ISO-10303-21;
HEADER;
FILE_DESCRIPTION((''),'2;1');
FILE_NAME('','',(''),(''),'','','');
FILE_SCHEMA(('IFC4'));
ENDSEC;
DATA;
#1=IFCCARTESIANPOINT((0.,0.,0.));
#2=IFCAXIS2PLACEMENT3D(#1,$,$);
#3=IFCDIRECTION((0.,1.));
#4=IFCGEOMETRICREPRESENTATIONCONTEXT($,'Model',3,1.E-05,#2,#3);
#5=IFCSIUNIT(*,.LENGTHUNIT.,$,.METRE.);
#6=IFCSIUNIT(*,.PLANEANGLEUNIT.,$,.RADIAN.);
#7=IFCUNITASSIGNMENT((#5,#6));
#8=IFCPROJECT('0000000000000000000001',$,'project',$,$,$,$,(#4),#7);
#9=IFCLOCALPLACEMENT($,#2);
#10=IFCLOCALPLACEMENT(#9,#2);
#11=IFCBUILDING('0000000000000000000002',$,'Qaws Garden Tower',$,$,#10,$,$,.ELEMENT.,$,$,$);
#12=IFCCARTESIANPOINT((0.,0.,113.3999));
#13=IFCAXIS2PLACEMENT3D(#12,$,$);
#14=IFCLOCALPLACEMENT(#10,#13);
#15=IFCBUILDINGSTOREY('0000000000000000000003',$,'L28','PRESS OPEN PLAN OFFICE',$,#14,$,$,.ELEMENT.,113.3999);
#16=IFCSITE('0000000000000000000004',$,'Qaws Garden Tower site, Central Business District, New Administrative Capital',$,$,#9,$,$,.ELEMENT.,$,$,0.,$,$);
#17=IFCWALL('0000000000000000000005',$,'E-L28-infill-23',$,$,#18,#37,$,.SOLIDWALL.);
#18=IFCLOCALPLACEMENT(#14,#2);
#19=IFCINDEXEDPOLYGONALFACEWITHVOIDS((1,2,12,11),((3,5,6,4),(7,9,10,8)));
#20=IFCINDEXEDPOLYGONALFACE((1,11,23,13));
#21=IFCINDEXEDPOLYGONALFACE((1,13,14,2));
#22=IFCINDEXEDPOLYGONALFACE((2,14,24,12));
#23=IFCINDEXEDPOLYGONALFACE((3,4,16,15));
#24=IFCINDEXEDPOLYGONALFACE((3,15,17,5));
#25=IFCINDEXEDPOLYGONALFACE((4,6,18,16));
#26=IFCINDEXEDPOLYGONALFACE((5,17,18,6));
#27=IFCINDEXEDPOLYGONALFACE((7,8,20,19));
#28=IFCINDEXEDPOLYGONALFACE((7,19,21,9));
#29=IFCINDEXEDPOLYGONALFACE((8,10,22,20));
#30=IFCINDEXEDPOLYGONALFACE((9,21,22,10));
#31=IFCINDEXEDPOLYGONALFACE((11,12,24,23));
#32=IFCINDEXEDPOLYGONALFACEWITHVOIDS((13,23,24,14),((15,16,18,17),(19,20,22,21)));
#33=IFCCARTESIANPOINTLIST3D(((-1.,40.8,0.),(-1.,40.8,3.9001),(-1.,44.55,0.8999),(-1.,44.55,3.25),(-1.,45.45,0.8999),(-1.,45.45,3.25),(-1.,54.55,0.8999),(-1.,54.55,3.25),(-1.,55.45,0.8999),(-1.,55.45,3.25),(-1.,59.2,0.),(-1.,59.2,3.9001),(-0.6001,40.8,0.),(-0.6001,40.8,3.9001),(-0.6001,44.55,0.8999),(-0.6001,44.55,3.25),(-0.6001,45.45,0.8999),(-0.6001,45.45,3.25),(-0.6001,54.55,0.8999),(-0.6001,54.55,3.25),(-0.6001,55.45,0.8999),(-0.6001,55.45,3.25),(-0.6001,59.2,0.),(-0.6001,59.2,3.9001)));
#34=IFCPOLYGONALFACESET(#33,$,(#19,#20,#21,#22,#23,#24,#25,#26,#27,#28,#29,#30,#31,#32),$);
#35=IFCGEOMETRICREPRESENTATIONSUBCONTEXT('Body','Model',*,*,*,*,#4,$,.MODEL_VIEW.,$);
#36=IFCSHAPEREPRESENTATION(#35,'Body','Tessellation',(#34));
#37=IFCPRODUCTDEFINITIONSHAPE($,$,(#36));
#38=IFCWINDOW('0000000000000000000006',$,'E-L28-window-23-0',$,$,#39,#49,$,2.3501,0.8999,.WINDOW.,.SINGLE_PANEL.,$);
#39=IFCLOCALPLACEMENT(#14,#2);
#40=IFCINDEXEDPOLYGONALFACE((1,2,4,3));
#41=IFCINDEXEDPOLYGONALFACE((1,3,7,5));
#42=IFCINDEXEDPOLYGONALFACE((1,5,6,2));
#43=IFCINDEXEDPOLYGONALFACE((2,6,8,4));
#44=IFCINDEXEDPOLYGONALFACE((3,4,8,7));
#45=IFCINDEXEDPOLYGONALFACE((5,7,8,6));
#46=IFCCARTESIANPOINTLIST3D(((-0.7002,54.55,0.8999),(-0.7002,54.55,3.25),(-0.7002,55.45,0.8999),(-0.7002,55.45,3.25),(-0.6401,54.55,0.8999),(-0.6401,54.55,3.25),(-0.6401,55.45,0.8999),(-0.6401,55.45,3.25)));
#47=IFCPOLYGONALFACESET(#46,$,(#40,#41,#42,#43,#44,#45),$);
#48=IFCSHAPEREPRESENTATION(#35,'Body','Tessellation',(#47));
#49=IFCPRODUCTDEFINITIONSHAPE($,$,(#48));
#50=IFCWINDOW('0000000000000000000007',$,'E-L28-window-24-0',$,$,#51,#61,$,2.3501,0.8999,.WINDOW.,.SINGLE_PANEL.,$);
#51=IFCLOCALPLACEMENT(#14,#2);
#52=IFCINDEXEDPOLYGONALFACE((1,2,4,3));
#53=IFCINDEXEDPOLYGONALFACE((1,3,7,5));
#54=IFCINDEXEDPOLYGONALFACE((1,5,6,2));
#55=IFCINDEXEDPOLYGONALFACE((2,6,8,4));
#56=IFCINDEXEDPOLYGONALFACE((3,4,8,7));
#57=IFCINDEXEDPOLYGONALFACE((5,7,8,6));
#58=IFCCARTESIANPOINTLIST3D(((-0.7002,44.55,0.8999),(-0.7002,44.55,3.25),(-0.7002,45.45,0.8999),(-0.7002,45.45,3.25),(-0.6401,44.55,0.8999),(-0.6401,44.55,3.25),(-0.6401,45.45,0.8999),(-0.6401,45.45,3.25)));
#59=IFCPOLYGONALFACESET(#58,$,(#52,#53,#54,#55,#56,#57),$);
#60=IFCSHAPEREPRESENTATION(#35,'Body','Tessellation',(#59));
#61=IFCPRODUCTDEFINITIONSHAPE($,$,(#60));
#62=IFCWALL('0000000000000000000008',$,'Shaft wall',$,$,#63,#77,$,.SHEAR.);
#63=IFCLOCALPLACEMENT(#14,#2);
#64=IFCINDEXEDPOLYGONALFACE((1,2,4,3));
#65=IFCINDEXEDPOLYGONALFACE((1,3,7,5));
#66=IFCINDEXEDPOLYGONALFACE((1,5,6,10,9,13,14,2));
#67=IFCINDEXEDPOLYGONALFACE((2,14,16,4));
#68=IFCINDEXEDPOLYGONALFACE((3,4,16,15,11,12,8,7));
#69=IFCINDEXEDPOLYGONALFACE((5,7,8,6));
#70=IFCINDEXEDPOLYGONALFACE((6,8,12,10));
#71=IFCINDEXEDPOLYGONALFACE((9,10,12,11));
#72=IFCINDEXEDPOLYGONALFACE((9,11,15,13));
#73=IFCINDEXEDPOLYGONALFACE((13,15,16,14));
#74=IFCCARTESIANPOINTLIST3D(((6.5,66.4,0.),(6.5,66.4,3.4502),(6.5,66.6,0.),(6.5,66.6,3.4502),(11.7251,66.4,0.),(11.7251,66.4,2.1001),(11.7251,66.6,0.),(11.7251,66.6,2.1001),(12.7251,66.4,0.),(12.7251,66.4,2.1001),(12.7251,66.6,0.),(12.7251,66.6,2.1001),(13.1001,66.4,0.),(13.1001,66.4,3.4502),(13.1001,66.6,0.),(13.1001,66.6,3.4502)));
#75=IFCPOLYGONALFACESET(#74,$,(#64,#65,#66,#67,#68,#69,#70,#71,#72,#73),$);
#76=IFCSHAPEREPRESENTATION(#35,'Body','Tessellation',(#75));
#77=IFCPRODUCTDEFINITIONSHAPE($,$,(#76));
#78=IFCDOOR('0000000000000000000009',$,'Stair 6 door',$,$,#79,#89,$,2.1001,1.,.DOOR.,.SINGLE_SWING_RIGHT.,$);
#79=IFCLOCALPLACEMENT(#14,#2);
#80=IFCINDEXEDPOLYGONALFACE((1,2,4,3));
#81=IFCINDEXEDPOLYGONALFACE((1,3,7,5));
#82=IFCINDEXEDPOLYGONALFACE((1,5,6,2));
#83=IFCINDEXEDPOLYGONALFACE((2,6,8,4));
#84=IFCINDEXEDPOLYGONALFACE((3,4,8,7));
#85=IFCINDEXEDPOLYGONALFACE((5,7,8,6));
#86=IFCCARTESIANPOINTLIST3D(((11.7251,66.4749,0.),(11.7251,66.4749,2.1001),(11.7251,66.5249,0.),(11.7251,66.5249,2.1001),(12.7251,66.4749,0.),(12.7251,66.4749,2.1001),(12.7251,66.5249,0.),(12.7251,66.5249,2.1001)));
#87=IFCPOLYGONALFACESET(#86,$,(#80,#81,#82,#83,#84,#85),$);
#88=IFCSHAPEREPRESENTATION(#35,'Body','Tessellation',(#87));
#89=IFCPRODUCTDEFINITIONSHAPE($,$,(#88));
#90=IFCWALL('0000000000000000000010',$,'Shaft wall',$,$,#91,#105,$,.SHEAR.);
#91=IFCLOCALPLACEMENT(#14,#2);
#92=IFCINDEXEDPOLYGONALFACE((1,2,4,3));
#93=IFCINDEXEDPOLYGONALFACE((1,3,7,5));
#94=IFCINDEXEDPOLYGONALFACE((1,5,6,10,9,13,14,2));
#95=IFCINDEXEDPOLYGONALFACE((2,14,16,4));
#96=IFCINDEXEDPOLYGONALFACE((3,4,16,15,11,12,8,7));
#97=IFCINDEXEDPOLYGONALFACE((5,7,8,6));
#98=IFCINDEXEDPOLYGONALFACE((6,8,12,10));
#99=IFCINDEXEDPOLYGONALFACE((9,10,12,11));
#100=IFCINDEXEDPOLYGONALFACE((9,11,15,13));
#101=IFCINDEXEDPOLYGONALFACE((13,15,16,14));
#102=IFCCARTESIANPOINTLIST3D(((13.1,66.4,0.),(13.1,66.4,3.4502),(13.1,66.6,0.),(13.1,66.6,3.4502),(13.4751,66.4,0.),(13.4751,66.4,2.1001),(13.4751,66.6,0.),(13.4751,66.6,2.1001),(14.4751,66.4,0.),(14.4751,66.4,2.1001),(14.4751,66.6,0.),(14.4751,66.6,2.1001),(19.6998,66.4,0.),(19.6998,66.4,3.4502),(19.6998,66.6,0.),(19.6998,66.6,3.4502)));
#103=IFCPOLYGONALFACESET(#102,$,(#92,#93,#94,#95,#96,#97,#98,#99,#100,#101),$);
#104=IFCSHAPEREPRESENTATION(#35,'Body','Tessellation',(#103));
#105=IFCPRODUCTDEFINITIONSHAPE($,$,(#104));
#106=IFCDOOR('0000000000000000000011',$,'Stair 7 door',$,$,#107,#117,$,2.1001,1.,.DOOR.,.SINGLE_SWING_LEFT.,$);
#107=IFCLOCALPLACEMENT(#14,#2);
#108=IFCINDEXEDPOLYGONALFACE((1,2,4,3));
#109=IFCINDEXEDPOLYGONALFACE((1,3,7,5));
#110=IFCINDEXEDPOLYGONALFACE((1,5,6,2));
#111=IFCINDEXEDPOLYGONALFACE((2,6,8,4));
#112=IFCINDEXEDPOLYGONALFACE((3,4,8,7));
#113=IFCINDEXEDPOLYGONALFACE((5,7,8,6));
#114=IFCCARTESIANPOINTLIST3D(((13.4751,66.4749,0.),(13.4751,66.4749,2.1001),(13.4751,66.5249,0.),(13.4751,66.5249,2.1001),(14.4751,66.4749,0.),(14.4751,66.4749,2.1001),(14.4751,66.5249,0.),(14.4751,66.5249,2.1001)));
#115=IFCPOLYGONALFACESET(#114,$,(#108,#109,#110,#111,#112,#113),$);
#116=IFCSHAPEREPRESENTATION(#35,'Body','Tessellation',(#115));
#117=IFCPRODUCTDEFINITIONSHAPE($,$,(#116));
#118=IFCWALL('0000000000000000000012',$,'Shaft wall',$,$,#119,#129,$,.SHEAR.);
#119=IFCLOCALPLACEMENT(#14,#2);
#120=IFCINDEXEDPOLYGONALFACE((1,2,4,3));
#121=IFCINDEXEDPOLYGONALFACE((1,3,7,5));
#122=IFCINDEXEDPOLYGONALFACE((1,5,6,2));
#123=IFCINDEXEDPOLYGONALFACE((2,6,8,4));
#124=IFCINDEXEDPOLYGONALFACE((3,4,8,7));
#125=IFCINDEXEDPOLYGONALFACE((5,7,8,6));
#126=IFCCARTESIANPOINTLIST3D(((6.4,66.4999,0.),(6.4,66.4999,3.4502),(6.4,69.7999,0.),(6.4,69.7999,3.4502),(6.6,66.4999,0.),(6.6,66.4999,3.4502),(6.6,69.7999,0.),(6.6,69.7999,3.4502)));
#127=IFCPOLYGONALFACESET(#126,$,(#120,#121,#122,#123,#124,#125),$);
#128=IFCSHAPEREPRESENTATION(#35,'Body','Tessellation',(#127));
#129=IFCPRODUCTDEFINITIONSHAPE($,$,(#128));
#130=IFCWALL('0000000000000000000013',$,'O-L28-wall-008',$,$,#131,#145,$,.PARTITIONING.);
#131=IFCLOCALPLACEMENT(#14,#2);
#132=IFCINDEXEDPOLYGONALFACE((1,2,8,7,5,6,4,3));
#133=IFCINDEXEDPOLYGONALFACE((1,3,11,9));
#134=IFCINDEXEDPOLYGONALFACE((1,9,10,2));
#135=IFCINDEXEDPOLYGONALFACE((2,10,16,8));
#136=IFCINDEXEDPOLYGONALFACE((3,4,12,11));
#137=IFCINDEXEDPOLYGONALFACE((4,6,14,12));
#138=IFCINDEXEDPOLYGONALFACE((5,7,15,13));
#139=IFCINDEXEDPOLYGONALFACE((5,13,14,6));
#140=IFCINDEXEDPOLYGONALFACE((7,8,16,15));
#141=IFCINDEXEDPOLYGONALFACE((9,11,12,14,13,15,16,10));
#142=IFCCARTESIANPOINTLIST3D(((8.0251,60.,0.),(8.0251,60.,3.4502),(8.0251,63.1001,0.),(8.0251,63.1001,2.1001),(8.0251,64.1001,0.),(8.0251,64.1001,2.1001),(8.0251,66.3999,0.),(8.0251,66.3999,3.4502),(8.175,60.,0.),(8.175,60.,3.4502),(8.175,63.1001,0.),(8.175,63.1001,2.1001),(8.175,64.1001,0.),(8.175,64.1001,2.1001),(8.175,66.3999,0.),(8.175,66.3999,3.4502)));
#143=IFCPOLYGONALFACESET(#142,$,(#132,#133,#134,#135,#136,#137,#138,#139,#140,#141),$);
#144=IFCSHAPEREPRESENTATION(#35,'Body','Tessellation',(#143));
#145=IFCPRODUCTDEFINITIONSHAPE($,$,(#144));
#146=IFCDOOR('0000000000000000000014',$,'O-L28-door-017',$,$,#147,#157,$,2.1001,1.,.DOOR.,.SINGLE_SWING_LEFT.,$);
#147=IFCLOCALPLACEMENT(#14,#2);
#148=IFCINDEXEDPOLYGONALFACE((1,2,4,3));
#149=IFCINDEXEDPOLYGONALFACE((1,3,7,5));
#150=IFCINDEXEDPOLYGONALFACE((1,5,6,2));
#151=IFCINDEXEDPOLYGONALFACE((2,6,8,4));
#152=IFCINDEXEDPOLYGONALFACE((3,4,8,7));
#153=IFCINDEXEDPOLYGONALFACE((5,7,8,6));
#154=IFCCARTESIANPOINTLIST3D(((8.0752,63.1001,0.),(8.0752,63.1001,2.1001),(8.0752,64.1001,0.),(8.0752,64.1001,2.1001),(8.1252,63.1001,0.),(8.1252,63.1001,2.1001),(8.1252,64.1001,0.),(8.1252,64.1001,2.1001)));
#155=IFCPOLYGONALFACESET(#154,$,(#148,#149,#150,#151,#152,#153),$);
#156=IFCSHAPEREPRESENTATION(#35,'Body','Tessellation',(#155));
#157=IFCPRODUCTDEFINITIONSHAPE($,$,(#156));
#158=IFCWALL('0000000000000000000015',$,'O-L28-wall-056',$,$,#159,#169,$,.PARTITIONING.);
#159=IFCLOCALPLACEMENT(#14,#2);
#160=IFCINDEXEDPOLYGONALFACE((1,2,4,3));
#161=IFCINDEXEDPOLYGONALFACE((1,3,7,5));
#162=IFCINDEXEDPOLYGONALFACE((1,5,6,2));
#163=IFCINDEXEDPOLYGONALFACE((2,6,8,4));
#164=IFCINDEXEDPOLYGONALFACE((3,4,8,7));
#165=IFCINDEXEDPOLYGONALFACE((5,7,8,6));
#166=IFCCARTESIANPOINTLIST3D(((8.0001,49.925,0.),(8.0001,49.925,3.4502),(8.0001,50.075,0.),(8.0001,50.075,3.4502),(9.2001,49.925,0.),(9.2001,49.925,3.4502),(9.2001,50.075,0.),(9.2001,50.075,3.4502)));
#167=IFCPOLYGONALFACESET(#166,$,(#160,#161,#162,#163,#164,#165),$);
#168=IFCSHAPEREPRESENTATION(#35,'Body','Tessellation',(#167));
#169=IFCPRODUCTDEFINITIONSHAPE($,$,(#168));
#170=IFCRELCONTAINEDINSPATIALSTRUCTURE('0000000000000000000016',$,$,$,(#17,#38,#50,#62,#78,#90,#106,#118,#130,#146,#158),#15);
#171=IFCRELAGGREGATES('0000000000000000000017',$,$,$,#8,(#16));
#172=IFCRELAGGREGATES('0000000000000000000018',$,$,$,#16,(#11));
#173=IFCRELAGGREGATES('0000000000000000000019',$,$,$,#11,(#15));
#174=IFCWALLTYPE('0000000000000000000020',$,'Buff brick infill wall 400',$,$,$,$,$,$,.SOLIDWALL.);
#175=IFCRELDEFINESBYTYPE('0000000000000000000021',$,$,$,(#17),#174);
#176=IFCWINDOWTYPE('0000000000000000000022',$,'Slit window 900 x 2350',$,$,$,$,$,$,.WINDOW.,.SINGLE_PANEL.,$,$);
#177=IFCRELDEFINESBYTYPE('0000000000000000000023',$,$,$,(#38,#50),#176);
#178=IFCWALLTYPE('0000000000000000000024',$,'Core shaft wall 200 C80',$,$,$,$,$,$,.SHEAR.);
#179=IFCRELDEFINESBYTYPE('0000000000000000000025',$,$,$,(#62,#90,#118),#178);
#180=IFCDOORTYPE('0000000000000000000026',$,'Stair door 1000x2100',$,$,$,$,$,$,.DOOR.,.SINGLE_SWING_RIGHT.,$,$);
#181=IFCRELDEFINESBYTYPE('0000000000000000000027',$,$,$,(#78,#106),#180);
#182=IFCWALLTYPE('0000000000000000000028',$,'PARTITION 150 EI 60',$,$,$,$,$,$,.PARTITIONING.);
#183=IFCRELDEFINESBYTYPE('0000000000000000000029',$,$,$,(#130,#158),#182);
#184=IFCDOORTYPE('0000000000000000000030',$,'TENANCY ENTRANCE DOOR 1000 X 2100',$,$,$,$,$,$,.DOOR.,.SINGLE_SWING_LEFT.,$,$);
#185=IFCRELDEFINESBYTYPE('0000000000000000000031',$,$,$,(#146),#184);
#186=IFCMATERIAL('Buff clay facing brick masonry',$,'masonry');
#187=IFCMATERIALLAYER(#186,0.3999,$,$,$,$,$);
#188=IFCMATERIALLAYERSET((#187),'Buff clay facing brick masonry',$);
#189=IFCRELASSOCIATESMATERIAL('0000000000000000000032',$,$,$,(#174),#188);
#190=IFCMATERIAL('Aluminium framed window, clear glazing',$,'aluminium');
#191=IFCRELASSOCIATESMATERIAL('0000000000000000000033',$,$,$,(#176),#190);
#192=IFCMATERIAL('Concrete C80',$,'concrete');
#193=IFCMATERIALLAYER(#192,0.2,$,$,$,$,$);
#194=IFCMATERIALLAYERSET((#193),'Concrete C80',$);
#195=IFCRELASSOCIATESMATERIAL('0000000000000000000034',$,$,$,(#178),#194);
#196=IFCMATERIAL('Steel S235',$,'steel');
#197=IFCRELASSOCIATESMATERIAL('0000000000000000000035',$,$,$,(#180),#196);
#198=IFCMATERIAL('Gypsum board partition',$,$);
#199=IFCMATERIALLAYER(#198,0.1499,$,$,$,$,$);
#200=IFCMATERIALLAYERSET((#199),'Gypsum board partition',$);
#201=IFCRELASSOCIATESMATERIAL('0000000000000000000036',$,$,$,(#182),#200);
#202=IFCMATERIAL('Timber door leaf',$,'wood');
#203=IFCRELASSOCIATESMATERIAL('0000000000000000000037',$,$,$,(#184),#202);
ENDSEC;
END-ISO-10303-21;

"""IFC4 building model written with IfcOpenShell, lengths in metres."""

from ifc_helpers import new_model, si_unit, direction, frame, frame_2d, origin, place, context, subcontext, project, spatial, rectangle, extrude, material, layer, layer_set, type_object, element, fill, save


model = new_model("IFC4")

# Units and contexts
model_context = context("Model", 3, precision=1e-05, world=origin(), true_north=direction((0.0, 1.0)))
body_context = subcontext(model_context, "Body", "Model", "MODEL_VIEW")
ifc_project = project(units=[si_unit("LENGTHUNIT", "METRE"), si_unit("PLANEANGLEUNIT", "RADIAN")], contexts=[model_context])

# Site, building, storey
site_placement = place(None, origin())
site = spatial("IfcSite", under=ifc_project, at=site_placement, Name="Qaws Garden Tower site, Central Business District, New Administrative Capital", CompositionType="ELEMENT", RefElevation=0.0)
building_placement = place(site_placement, origin())
building = spatial("IfcBuilding", under=site, at=building_placement, Name="Qaws Garden Tower", CompositionType="ELEMENT")
storey_placement = place(building_placement, frame((0.0, 0.0, 113.3999)))
storey = spatial("IfcBuildingStorey", under=building, at=storey_placement, Name="L28", Description="PRESS OPEN PLAN OFFICE", CompositionType="ELEMENT", Elevation=113.3999)

# Shared definitions
ifc_material_1 = material(Name="Buff clay facing brick masonry", Category="masonry")
ifc_layer_1 = layer(ifc_material_1, 0.3999)
ifc_layer_set_1 = layer_set([ifc_layer_1], Name="Buff clay facing brick masonry")
wall_type_1 = type_object("IfcWallType", Name="Buff brick infill wall 400", PredefinedType="SOLIDWALL", material=ifc_layer_set_1)

# Wall, openings, windows
wall_1_placement = place(storey_placement, frame((-0.8, 59.2, 0.0), z_axis=(0.0, 0.0, 1.0), x_axis=(0.0, -1.0, 0.0)))
wall_1 = element("IfcWall", 1, at=wall_1_placement, inside=storey, type_object=wall_type_1, Name="E-L28-infill-23", PredefinedType="SOLIDWALL", context=body_context, shape_type="SweptSolid", body=[
    extrude(rectangle(XDim=18.3999, YDim=0.3999, at=frame_2d((9.2, 0.0))), origin(), (0.0, 0.0, 1.0), 3.9001),
])
opening_1_placement = place(wall_1_placement, frame((3.75, 0.0, 0.8999)))
opening_1 = element("IfcOpeningElement", 2, at=opening_1_placement, cuts=wall_1, PredefinedType="OPENING", context=body_context, shape_type="SweptSolid", body=[
    extrude(rectangle(XDim=0.8999, YDim=2.3501, at=frame_2d((0.45, 1.175))), frame((0.0, 0.21, 0.0), z_axis=(0.0, -1.0, 0.0), x_axis=(1.0, 0.0, 0.0)), (0.0, 0.0, 1.0), 0.4199),
])
opening_2_placement = place(wall_1_placement, frame((13.75, 0.0, 0.8999)))
opening_2 = element("IfcOpeningElement", 3, at=opening_2_placement, cuts=wall_1, PredefinedType="OPENING", context=body_context, shape_type="SweptSolid", body=[
    extrude(rectangle(XDim=0.8999, YDim=2.3501, at=frame_2d((0.45, 1.175))), frame((0.0, 0.21, 0.0), z_axis=(0.0, -1.0, 0.0), x_axis=(1.0, 0.0, 0.0)), (0.0, 0.0, 1.0), 0.4199),
])
ifc_material_2 = material(Name="Aluminium framed window, clear glazing", Category="aluminium")
window_type_1 = type_object("IfcWindowType", Name="Slit window 900 x 2350", PartitioningType="SINGLE_PANEL", PredefinedType="WINDOW", material=ifc_material_2)
window_1_placement = place(opening_1_placement, origin())
window_1 = element("IfcWindow", 4, at=window_1_placement, inside=storey, type_object=window_type_1, Name="E-L28-window-23-0", OverallHeight=2.3501, OverallWidth=0.8999, PartitioningType="SINGLE_PANEL", PredefinedType="WINDOW", context=body_context, shape_type="SweptSolid", body=[
    extrude(rectangle(XDim=0.8999, YDim=2.3501, at=frame_2d((0.45, 1.175))), frame((0.0, 0.1599, 0.0), z_axis=(0.0, -1.0, 0.0), x_axis=(1.0, 0.0, 0.0)), (0.0, 0.0, 1.0), 0.0601),
])
fill(opening_1, window_1)
window_2_placement = place(opening_2_placement, origin())
window_2 = element("IfcWindow", 5, at=window_2_placement, inside=storey, type_object=window_type_1, Name="E-L28-window-24-0", OverallHeight=2.3501, OverallWidth=0.8999, PartitioningType="SINGLE_PANEL", PredefinedType="WINDOW", context=body_context, shape_type="SweptSolid", body=[
    extrude(rectangle(XDim=0.8999, YDim=2.3501, at=frame_2d((0.45, 1.175))), frame((0.0, 0.1599, 0.0), z_axis=(0.0, -1.0, 0.0), x_axis=(1.0, 0.0, 0.0)), (0.0, 0.0, 1.0), 0.0601),
])
fill(opening_2, window_2)

# Walls, openings, doors
ifc_material_3 = material(Name="Concrete C80", Category="concrete")
ifc_layer_2 = layer(ifc_material_3, 0.2)
ifc_layer_set_2 = layer_set([ifc_layer_2], Name="Concrete C80")
wall_type_2 = type_object("IfcWallType", Name="Core shaft wall 200 C80", PredefinedType="SHEAR", material=ifc_layer_set_2)
wall_2_placement = place(storey_placement, frame((6.5, 66.5, 0.0), z_axis=(0.0, 0.0, 1.0), x_axis=(1.0, 0.0, 0.0)))
wall_2 = element("IfcWall", 6, at=wall_2_placement, inside=storey, type_object=wall_type_2, Name="Shaft wall", PredefinedType="SHEAR", context=body_context, shape_type="SweptSolid", body=[
    extrude(rectangle(XDim=6.6001, YDim=0.2, at=frame_2d((3.3, 0.0))), origin(), (0.0, 0.0, 1.0), 3.4502),
])
opening_3_placement = place(wall_2_placement, frame((5.2251, 0.0, 0.0)))
opening_3 = element("IfcOpeningElement", 7, at=opening_3_placement, cuts=wall_2, PredefinedType="OPENING", context=body_context, shape_type="SweptSolid", body=[
    extrude(rectangle(XDim=1.0, YDim=2.1001, at=frame_2d((0.5, 1.05))), frame((0.0, 0.1099, 0.0), z_axis=(0.0, -1.0, 0.0), x_axis=(1.0, 0.0, 0.0)), (0.0, 0.0, 1.0), 0.22),
])
ifc_material_4 = material(Name="Steel S235", Category="steel")
door_type_1 = type_object("IfcDoorType", Name="Stair door 1000x2100", OperationType="SINGLE_SWING_RIGHT", PredefinedType="DOOR", material=ifc_material_4)
door_1_placement = place(opening_3_placement, origin())
door_1 = element("IfcDoor", 8, at=door_1_placement, inside=storey, type_object=door_type_1, Name="Stair 6 door", OperationType="SINGLE_SWING_RIGHT", OverallHeight=2.1001, OverallWidth=1.0, PredefinedType="DOOR", context=body_context, shape_type="SweptSolid", body=[
    extrude(rectangle(XDim=1.0, YDim=2.1001, at=frame_2d((0.5, 1.05))), frame((0.0, 0.0249, 0.0), z_axis=(0.0, -1.0, 0.0), x_axis=(1.0, 0.0, 0.0)), (0.0, 0.0, 1.0), 0.05),
])
fill(opening_3, door_1)
wall_3_placement = place(storey_placement, frame((13.1001, 66.5, 0.0), z_axis=(0.0, 0.0, 1.0), x_axis=(1.0, 0.0, 0.0)))
wall_3 = element("IfcWall", 9, at=wall_3_placement, inside=storey, type_object=wall_type_2, Name="Shaft wall", PredefinedType="SHEAR", context=body_context, shape_type="SweptSolid", body=[
    extrude(rectangle(XDim=6.5999, YDim=0.2, at=frame_2d((3.2998, 0.0))), origin(), (0.0, 0.0, 1.0), 3.4502),
])
opening_4_placement = place(wall_3_placement, frame((0.375, 0.0, 0.0)))
opening_4 = element("IfcOpeningElement", 10, at=opening_4_placement, cuts=wall_3, PredefinedType="OPENING", context=body_context, shape_type="SweptSolid", body=[
    extrude(rectangle(XDim=1.0, YDim=2.1001, at=frame_2d((0.5, 1.05))), frame((0.0, 0.1099, 0.0), z_axis=(0.0, -1.0, 0.0), x_axis=(1.0, 0.0, 0.0)), (0.0, 0.0, 1.0), 0.22),
])
door_2_placement = place(opening_4_placement, origin())
door_2 = element("IfcDoor", 11, at=door_2_placement, inside=storey, type_object=door_type_1, Name="Stair 7 door", OperationType="SINGLE_SWING_LEFT", OverallHeight=2.1001, OverallWidth=1.0, PredefinedType="DOOR", context=body_context, shape_type="SweptSolid", body=[
    extrude(rectangle(XDim=1.0, YDim=2.1001, at=frame_2d((0.5, 1.05))), frame((0.0, 0.0249, 0.0), z_axis=(0.0, -1.0, 0.0), x_axis=(1.0, 0.0, 0.0)), (0.0, 0.0, 1.0), 0.05),
])
fill(opening_4, door_2)

# Wall
wall_4_placement = place(storey_placement, frame((6.5, 66.5, 0.0), z_axis=(0.0, 0.0, 1.0), x_axis=(0.0, 1.0, 0.0)))
element("IfcWall", 12, at=wall_4_placement, inside=storey, type_object=wall_type_2, Name="Shaft wall", PredefinedType="SHEAR", context=body_context, shape_type="SweptSolid", body=[
    extrude(rectangle(XDim=3.3, YDim=0.2, at=frame_2d((1.6499, 0.0))), origin(), (0.0, 0.0, 1.0), 3.4502),
])

# Wall, opening, door
ifc_material_5 = material(Name="Gypsum board partition")
ifc_layer_3 = layer(ifc_material_5, 0.1499)
ifc_layer_set_3 = layer_set([ifc_layer_3], Name="Gypsum board partition")
wall_type_3 = type_object("IfcWallType", Name="PARTITION 150 EI 60", PredefinedType="PARTITIONING", material=ifc_layer_set_3)
wall_5_placement = place(storey_placement, frame((8.1001, 60.0, 0.0), z_axis=(0.0, 0.0, 1.0), x_axis=(0.0, 1.0, 0.0)))
wall_5 = element("IfcWall", 13, at=wall_5_placement, inside=storey, type_object=wall_type_3, Name="O-L28-wall-008", PredefinedType="PARTITIONING", context=body_context, shape_type="SweptSolid", body=[
    extrude(rectangle(XDim=6.3999, YDim=0.1499, at=frame_2d((3.2, 0.0))), origin(), (0.0, 0.0, 1.0), 3.4502),
])
opening_5_placement = place(wall_5_placement, frame((3.1001, 0.0, 0.0)))
opening_5 = element("IfcOpeningElement", 14, at=opening_5_placement, cuts=wall_5, PredefinedType="OPENING", context=body_context, shape_type="SweptSolid", body=[
    extrude(rectangle(XDim=1.0, YDim=2.1001, at=frame_2d((0.5, 1.05))), frame((0.0, 0.085, 0.0), z_axis=(0.0, -1.0, 0.0), x_axis=(1.0, 0.0, 0.0)), (0.0, 0.0, 1.0), 0.1699),
])
ifc_material_6 = material(Name="Timber door leaf", Category="wood")
door_type_2 = type_object("IfcDoorType", Name="TENANCY ENTRANCE DOOR 1000 X 2100", OperationType="SINGLE_SWING_LEFT", PredefinedType="DOOR", material=ifc_material_6)
door_3_placement = place(opening_5_placement, origin())
door_3 = element("IfcDoor", 15, at=door_3_placement, inside=storey, type_object=door_type_2, Name="O-L28-door-017", OperationType="SINGLE_SWING_LEFT", OverallHeight=2.1001, OverallWidth=1.0, PredefinedType="DOOR", context=body_context, shape_type="SweptSolid", body=[
    extrude(rectangle(XDim=1.0, YDim=2.1001, at=frame_2d((0.5, 1.05))), frame((0.0, 0.0249, 0.0), z_axis=(0.0, -1.0, 0.0), x_axis=(1.0, 0.0, 0.0)), (0.0, 0.0, 1.0), 0.05),
])
fill(opening_5, door_3)

# Wall
wall_6_placement = place(storey_placement, frame((8.0, 50.0, 0.0), z_axis=(0.0, 0.0, 1.0), x_axis=(1.0, 0.0, 0.0)))
element("IfcWall", 16, at=wall_6_placement, inside=storey, type_object=wall_type_3, Name="O-L28-wall-056", PredefinedType="PARTITIONING", context=body_context, shape_type="SweptSolid", body=[
    extrude(rectangle(XDim=1.2, YDim=0.1499, at=frame_2d((0.6001, 0.0))), origin(), (0.0, 0.0, 1.0), 3.4502),
])

save(model, "model.ifc")
